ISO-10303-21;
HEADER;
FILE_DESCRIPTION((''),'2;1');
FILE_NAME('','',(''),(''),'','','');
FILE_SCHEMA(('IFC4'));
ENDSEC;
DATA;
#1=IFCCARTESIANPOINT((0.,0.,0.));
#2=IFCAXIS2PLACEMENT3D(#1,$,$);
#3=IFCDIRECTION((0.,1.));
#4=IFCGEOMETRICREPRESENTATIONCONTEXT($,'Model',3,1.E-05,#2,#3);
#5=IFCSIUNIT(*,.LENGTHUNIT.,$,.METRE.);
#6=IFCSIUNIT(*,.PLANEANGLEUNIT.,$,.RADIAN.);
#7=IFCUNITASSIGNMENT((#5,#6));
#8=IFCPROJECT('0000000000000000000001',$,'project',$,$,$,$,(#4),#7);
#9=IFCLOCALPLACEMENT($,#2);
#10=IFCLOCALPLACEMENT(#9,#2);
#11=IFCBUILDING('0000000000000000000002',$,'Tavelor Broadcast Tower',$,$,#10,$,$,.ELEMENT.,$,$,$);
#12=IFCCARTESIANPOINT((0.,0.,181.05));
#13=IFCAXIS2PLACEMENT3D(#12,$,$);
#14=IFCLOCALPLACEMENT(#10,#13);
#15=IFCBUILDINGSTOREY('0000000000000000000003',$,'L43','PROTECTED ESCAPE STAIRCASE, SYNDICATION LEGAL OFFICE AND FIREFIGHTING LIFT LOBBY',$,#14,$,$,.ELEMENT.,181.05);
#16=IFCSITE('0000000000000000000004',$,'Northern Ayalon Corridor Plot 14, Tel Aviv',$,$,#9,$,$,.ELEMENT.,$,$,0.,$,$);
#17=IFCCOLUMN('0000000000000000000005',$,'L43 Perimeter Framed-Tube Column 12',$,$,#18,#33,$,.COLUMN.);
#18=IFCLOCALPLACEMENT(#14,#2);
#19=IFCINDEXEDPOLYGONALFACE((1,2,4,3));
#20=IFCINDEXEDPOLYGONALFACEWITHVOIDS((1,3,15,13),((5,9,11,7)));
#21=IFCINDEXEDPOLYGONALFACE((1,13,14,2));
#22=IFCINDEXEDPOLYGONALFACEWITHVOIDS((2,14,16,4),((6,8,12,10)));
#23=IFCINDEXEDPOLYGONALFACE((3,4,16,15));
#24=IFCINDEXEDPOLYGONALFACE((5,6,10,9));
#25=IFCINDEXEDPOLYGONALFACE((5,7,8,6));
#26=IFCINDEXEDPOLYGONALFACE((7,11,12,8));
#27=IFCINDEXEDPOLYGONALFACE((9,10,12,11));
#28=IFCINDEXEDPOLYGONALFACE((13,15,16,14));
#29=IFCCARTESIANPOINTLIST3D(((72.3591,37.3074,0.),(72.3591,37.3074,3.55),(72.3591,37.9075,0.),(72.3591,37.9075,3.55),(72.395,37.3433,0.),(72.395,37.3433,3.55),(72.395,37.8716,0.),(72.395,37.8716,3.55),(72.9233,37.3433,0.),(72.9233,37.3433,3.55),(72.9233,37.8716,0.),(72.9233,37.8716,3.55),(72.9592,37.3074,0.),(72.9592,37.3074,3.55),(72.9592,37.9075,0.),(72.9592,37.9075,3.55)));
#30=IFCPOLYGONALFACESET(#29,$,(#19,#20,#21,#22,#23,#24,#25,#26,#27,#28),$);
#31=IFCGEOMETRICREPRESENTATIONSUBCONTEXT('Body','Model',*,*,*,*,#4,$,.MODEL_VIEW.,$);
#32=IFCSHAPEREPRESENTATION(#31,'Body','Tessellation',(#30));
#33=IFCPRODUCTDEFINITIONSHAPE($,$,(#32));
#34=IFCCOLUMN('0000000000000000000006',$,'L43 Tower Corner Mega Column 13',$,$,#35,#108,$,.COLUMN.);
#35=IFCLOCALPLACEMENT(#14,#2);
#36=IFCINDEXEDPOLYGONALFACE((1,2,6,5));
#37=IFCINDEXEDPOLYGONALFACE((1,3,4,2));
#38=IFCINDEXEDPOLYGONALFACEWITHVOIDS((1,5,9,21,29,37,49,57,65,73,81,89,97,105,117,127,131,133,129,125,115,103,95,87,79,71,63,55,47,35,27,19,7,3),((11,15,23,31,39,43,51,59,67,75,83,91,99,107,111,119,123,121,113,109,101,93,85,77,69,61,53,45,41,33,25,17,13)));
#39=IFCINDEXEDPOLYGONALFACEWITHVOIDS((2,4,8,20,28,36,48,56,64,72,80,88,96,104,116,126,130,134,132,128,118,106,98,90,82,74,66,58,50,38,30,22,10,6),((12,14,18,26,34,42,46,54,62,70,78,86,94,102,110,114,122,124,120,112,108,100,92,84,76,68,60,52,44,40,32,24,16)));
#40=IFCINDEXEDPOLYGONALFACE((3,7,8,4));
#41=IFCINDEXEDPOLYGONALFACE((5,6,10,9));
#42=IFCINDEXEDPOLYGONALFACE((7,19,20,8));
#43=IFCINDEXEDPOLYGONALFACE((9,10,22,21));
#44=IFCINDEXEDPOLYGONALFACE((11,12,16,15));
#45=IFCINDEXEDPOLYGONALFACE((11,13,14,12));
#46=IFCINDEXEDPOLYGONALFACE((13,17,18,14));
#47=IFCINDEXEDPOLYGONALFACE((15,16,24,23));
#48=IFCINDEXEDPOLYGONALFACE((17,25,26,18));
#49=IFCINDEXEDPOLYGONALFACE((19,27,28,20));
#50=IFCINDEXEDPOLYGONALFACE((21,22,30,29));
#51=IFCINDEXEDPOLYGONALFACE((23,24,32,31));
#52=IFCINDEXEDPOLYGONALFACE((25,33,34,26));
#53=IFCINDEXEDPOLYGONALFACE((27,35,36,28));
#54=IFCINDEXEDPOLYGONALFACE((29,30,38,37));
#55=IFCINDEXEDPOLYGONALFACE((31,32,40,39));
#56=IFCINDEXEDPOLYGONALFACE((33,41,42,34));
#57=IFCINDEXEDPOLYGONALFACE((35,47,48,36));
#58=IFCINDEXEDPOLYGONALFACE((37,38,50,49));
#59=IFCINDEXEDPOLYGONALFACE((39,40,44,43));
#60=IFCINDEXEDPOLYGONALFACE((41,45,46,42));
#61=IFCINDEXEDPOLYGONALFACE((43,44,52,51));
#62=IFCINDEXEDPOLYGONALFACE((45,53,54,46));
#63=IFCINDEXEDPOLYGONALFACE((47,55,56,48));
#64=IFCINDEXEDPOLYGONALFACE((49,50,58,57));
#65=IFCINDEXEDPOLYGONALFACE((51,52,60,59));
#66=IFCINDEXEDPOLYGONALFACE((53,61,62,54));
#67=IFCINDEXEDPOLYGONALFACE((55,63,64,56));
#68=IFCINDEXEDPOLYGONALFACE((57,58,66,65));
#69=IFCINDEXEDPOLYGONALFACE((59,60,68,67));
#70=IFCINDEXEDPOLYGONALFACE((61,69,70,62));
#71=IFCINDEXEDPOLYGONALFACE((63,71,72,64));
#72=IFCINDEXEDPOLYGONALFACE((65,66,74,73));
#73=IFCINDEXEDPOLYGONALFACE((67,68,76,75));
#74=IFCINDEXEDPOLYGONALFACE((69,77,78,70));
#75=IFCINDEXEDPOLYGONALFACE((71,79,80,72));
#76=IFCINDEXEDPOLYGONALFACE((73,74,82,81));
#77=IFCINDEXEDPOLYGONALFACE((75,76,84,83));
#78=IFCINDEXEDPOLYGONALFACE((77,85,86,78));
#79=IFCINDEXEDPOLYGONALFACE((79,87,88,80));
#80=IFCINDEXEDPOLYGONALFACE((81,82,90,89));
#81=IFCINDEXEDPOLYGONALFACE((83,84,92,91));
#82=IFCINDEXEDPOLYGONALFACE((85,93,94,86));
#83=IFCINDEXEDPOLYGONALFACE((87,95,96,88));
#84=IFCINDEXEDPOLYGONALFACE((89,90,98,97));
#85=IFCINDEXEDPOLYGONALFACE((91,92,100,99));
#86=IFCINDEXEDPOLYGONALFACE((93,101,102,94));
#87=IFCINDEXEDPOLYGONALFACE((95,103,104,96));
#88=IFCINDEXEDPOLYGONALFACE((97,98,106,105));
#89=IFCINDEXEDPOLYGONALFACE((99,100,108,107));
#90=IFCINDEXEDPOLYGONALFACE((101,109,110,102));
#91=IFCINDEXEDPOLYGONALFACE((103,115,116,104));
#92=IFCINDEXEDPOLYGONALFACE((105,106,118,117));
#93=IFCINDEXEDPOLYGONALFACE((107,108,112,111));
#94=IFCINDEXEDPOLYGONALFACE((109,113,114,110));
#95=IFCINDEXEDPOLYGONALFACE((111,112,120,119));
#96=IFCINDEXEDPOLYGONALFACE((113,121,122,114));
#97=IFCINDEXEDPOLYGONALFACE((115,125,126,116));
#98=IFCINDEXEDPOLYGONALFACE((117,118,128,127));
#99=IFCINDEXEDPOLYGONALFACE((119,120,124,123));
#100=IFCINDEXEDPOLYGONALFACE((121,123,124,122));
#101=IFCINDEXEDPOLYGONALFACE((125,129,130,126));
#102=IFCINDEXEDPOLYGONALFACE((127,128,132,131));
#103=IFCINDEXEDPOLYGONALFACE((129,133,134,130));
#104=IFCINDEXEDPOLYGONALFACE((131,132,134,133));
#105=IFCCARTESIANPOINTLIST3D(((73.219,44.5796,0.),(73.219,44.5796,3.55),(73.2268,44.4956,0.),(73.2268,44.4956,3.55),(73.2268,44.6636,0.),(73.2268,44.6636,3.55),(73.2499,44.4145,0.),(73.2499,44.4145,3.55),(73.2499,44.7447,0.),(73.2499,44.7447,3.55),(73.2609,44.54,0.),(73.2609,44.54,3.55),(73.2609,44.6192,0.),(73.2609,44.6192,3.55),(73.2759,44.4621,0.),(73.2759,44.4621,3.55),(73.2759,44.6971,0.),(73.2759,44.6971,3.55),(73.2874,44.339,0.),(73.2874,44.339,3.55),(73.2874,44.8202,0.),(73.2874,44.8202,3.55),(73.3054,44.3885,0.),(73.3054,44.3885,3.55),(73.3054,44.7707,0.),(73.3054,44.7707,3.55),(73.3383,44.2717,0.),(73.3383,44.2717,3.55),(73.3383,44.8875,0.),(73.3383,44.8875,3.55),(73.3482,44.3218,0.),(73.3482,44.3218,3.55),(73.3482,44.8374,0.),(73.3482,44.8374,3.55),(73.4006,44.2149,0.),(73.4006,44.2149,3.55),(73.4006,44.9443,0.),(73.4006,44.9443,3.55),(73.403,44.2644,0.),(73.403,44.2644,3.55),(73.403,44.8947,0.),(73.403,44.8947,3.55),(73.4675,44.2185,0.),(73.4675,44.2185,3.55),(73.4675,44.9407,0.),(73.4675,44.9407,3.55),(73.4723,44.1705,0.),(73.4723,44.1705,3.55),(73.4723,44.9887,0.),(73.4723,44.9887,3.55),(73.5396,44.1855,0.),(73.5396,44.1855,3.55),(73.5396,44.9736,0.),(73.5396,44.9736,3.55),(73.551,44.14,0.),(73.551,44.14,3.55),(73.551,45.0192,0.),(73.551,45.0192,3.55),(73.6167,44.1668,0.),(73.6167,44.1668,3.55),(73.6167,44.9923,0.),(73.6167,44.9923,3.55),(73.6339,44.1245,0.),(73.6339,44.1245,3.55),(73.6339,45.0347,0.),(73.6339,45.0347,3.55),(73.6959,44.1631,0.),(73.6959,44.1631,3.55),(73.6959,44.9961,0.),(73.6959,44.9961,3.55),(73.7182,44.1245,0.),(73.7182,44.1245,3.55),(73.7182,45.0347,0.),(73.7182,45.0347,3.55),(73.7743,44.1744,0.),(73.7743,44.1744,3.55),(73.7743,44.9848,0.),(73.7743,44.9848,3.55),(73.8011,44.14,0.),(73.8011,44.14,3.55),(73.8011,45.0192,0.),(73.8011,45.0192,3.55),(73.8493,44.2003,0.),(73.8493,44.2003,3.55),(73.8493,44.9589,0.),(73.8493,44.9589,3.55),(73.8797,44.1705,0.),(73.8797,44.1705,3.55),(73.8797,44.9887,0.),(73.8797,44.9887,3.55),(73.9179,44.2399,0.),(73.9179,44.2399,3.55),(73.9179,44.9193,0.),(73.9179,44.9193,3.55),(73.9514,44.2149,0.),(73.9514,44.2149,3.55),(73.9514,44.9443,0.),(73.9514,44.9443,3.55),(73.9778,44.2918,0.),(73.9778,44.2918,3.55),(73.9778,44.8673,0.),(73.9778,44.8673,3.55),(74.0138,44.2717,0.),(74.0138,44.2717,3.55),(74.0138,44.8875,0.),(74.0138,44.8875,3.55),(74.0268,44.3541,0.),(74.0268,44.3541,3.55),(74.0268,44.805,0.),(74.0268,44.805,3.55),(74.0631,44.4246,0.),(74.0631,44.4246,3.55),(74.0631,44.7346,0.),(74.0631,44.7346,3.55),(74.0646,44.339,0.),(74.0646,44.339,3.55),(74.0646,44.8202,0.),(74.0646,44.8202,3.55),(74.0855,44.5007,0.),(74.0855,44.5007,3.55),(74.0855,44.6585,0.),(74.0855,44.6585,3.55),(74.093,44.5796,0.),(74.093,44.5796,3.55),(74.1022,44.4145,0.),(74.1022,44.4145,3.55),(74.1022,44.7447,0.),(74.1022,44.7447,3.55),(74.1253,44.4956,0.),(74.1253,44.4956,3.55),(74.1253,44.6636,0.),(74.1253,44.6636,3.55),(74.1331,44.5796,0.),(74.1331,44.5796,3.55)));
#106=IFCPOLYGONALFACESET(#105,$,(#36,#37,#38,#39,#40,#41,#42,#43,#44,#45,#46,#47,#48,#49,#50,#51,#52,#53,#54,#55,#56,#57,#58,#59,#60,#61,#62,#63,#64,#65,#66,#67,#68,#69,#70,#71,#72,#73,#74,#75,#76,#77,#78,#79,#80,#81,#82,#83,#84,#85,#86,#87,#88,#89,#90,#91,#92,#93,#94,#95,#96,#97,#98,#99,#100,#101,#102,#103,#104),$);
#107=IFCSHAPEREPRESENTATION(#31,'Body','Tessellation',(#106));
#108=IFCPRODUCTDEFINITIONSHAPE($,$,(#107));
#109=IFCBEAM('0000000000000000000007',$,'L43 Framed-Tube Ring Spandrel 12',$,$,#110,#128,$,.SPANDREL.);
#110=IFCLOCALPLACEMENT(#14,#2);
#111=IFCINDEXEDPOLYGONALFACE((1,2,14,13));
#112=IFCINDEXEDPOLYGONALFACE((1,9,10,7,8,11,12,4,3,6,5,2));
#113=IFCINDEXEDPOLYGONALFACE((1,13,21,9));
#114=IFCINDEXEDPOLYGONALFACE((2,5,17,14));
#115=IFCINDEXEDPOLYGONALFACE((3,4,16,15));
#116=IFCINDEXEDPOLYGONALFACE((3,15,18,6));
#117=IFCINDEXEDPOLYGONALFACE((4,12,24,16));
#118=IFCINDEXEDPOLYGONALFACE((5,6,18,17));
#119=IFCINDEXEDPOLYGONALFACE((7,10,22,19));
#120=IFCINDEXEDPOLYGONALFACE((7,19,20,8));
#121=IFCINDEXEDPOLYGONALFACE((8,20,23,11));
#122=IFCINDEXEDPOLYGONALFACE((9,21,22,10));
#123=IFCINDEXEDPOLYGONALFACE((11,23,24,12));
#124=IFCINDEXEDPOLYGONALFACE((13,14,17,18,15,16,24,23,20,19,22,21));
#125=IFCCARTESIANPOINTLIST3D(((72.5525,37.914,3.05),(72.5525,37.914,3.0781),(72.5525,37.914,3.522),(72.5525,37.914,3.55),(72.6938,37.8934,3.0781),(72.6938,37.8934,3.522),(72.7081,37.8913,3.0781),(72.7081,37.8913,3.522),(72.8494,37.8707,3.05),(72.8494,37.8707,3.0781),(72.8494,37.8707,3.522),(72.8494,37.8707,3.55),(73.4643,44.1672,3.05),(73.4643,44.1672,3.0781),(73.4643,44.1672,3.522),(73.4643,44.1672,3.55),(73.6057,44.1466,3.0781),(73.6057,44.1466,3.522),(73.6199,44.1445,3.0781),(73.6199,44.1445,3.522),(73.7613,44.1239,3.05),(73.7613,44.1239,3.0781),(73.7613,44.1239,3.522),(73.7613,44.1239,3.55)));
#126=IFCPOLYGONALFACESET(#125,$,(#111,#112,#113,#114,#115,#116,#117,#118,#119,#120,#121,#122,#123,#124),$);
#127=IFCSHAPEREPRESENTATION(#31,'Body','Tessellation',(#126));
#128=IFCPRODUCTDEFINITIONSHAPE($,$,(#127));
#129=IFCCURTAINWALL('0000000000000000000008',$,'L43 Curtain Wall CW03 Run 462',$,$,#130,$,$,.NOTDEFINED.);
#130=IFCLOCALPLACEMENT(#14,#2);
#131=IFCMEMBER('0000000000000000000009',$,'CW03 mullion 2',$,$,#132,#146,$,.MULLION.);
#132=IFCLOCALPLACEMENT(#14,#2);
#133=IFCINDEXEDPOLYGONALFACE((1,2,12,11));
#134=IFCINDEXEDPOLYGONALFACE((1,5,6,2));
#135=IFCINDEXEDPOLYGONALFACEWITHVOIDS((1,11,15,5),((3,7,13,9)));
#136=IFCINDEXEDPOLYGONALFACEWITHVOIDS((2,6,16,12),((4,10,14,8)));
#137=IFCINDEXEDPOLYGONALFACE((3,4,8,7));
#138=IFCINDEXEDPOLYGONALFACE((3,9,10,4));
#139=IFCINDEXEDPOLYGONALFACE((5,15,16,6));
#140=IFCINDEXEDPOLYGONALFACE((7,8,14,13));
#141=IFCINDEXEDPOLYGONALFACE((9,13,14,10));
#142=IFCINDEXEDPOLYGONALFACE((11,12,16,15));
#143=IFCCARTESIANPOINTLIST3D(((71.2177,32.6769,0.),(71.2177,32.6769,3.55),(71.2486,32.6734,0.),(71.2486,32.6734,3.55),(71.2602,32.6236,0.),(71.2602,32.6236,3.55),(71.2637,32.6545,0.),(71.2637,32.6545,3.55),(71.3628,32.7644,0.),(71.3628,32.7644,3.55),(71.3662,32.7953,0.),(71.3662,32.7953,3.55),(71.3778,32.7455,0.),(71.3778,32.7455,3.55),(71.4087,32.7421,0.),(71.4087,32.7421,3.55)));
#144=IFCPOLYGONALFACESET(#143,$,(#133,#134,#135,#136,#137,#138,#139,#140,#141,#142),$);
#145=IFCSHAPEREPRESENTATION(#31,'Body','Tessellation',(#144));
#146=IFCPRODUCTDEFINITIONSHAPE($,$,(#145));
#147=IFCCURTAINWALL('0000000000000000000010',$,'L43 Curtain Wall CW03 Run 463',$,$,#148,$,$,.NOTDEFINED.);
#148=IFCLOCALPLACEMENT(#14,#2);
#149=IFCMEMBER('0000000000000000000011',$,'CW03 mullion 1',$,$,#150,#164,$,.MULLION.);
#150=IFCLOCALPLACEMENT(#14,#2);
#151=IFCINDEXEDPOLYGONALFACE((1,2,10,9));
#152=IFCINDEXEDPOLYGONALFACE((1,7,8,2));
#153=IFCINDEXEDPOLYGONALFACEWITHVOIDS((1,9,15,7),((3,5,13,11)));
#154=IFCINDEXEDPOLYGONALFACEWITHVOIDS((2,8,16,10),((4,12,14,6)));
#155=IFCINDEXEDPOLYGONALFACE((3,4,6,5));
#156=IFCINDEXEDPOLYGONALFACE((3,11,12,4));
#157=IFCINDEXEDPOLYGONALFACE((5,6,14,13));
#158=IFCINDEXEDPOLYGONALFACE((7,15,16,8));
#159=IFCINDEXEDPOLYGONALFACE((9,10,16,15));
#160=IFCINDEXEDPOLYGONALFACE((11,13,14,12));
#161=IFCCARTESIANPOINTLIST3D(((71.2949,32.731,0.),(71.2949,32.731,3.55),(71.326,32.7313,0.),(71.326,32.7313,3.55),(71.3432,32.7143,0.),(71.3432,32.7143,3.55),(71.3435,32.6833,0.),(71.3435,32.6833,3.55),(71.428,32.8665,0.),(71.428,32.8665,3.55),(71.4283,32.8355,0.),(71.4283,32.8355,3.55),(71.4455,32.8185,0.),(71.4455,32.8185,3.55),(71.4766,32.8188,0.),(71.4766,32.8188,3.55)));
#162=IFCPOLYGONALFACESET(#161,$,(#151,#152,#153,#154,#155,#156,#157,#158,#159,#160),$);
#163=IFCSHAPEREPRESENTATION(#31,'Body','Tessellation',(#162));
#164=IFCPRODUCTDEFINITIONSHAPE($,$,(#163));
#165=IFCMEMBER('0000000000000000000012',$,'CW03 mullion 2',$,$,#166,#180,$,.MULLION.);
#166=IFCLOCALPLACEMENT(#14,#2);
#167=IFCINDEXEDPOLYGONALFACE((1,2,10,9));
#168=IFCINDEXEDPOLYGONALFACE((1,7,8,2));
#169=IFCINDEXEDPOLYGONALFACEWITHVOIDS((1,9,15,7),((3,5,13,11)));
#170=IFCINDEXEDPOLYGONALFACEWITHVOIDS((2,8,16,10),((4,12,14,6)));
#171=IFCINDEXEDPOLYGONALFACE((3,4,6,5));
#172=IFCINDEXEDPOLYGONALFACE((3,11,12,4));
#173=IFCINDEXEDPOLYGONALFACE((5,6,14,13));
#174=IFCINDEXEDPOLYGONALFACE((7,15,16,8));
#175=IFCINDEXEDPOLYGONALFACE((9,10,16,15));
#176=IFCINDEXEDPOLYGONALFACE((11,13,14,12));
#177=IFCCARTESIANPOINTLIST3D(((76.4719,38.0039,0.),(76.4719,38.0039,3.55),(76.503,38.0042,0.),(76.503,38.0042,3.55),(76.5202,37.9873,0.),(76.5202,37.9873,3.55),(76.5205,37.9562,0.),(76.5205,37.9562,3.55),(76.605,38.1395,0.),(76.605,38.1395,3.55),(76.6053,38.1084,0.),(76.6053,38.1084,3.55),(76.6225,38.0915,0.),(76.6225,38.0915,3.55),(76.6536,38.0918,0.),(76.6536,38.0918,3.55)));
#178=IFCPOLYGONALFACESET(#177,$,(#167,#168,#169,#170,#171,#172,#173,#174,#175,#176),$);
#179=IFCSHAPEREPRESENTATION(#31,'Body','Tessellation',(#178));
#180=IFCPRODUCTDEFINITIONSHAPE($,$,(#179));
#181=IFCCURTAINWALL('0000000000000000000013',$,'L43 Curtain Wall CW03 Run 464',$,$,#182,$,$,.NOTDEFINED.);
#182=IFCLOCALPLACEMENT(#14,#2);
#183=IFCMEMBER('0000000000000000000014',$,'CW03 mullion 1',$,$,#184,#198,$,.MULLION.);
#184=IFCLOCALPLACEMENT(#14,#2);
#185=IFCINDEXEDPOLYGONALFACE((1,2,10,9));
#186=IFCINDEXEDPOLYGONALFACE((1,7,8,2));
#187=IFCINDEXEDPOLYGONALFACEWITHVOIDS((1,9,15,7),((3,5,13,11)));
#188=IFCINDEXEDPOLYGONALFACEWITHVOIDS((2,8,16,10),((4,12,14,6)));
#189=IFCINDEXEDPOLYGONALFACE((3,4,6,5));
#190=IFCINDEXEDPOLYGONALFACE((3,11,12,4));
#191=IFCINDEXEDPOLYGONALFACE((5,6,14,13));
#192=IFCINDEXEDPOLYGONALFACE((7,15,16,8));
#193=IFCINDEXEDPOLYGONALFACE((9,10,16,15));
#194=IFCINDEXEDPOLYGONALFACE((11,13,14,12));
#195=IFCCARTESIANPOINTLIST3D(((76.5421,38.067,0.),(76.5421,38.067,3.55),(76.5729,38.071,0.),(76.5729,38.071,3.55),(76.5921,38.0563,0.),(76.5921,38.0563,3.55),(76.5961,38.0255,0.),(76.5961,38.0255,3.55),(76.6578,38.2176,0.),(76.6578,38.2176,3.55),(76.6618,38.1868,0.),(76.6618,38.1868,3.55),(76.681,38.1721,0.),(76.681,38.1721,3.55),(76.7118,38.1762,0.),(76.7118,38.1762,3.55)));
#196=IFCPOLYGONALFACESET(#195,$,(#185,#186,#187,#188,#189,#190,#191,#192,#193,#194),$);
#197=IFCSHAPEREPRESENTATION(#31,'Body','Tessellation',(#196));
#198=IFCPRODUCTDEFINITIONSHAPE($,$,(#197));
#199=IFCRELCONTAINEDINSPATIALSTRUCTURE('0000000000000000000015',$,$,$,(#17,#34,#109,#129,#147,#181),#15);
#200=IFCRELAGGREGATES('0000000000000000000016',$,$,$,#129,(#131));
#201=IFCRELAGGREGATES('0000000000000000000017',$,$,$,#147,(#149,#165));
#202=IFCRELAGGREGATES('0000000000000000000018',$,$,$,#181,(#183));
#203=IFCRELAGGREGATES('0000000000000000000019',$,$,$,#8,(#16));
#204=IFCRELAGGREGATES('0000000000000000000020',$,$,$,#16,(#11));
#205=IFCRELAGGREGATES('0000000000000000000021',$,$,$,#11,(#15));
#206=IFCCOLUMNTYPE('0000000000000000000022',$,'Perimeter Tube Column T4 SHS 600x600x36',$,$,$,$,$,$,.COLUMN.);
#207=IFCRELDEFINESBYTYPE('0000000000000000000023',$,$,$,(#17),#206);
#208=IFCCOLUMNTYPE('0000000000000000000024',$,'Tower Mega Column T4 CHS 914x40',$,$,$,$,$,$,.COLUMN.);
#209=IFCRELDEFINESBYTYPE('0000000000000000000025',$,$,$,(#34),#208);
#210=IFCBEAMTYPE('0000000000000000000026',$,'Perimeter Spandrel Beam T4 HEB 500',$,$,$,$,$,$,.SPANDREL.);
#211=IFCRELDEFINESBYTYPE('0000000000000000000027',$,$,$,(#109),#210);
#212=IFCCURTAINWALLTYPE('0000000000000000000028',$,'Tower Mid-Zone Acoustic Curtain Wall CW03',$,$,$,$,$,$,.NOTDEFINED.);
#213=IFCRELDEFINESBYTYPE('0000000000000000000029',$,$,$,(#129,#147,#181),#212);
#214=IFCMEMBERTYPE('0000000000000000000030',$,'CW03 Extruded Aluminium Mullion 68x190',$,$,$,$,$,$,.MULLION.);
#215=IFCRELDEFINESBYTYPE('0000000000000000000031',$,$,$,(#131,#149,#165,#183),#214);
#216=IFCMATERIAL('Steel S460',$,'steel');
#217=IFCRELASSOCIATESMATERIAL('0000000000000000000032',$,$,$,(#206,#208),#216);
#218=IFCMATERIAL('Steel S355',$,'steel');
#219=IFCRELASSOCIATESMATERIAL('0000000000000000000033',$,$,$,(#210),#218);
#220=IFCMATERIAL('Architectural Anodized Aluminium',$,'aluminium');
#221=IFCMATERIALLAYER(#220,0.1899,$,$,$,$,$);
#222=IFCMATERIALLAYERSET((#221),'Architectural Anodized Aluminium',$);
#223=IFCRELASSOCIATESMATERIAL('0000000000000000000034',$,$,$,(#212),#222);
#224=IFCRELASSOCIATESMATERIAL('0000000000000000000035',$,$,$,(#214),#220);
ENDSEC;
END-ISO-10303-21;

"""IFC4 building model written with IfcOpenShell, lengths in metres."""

from ifc_helpers import new_model, si_unit, direction, frame, origin, origin_2d, place, context, subcontext, project, spatial, hollow_rectangle, hollow_circle, i_section, extrude, source, transform, mapped, material, layer, layer_set, material_profile, profile_set, type_object, type_shapes, element, aggregate, save


model = new_model("IFC4")

# Units and contexts
model_context = context("Model", 3, precision=1e-05, world=origin(), true_north=direction((0.0, 1.0)))
body_context = subcontext(model_context, "Body", "Model", "MODEL_VIEW")
ifc_project = project(units=[si_unit("LENGTHUNIT", "METRE"), si_unit("PLANEANGLEUNIT", "RADIAN")], contexts=[model_context])

# Site, building, storey
site_placement = place(None, origin())
site = spatial("IfcSite", under=ifc_project, at=site_placement, Name="Northern Ayalon Corridor Plot 14, Tel Aviv", CompositionType="ELEMENT", RefElevation=0.0)
building_placement = place(site_placement, origin())
building = spatial("IfcBuilding", under=site, at=building_placement, Name="Tavelor Broadcast Tower", CompositionType="ELEMENT")
storey_placement = place(building_placement, frame((0.0, 0.0, 181.05)))
storey = spatial("IfcBuildingStorey", under=building, at=storey_placement, Name="L43", Description="PROTECTED ESCAPE STAIRCASE, SYNDICATION LEGAL OFFICE AND FIREFIGHTING LIFT LOBBY", CompositionType="ELEMENT", Elevation=181.05)

# Columns
ifc_material_1 = material(Name="Steel S460", Category="steel")
ifc_material_profile_1 = material_profile(ifc_material_1, hollow_rectangle(XDim=0.6001, YDim=0.6001, WallThickness=0.0359, at=origin_2d()), Name="SHS 600x600x36")
ifc_profile_set_1 = profile_set([ifc_material_profile_1], Name="Steel S460")
column_type_1 = type_object("IfcColumnType", Name="Perimeter Tube Column T4 SHS 600x600x36", PredefinedType="COLUMN", material=ifc_profile_set_1)
column_1_placement = place(storey_placement, frame((72.6592, 37.6074, 0.0), z_axis=(0.0, 0.0, 1.0), x_axis=(1.0, 0.0, 0.0)))
element("IfcColumn", 1, at=column_1_placement, inside=storey, type_object=column_type_1, Name="L43 Perimeter Framed-Tube Column 12", PredefinedType="COLUMN", context=body_context, shape_type="SweptSolid", body=[
    extrude(hollow_rectangle(XDim=0.6001, YDim=0.6001, WallThickness=0.0359, at=origin_2d()), origin(), (0.0, 0.0, 1.0), 3.55),
])
ifc_material_profile_2 = material_profile(ifc_material_1, hollow_circle(Radius=0.457, WallThickness=0.04, at=origin_2d()), Name="CHS 914x40")
ifc_profile_set_2 = profile_set([ifc_material_profile_2], Name="Steel S460")
column_type_2 = type_object("IfcColumnType", Name="Tower Mega Column T4 CHS 914x40", PredefinedType="COLUMN", material=ifc_profile_set_2)
column_2_placement = place(storey_placement, frame((73.676, 44.5796, 0.0), z_axis=(0.0, 0.0, 1.0), x_axis=(1.0, 0.0, 0.0)))
element("IfcColumn", 2, at=column_2_placement, inside=storey, type_object=column_type_2, Name="L43 Tower Corner Mega Column 13", PredefinedType="COLUMN", context=body_context, shape_type="SweptSolid", body=[
    extrude(hollow_circle(Radius=0.457, WallThickness=0.04, at=origin_2d()), origin(), (0.0, 0.0, 1.0), 3.55),
])

# Beam
ifc_material_2 = material(Name="Steel S355", Category="steel")
ifc_material_profile_3 = material_profile(ifc_material_2, i_section(OverallWidth=0.3, OverallDepth=0.5, WebThickness=0.0144, FlangeThickness=0.0281, at=origin_2d()), Name="HEB 500")
ifc_profile_set_3 = profile_set([ifc_material_profile_3], Name="Steel S355")
beam_type = type_object("IfcBeamType", Name="Perimeter Spandrel Beam T4 HEB 500", PredefinedType="SPANDREL", material=ifc_profile_set_3)
beam_placement = place(storey_placement, frame((72.7009, 37.8923, 3.3), z_axis=(0.144298, 0.989534, 0.0), x_axis=(-0.989534, 0.144298, 0.0)))
element("IfcBeam", 3, at=beam_placement, inside=storey, type_object=beam_type, Name="L43 Framed-Tube Ring Spandrel 12", PredefinedType="SPANDREL", context=body_context, shape_type="SweptSolid", body=[
    extrude(i_section(OverallWidth=0.3, OverallDepth=0.5, WebThickness=0.0144, FlangeThickness=0.0281, at=origin_2d()), origin(), (0.0, 0.0, 1.0), 6.3193),
])

# Curtain wall, member
ifc_material_3 = material(Name="Architectural Anodized Aluminium", Category="aluminium")
ifc_layer_1 = layer(ifc_material_3, 0.1899)
ifc_layer_set_1 = layer_set([ifc_layer_1], Name="Architectural Anodized Aluminium")
curtain_wall_type = type_object("IfcCurtainWallType", Name="Tower Mid-Zone Acoustic Curtain Wall CW03", PredefinedType="NOTDEFINED", material=ifc_layer_set_1)
curtain_wall_1_placement = place(storey_placement, origin())
curtain_wall_1 = element("IfcCurtainWall", 4, at=curtain_wall_1_placement, inside=storey, type_object=curtain_wall_type, Name="L43 Curtain Wall CW03 Run 462", PredefinedType="NOTDEFINED")
ifc_material_profile_4 = material_profile(ifc_material_3, hollow_rectangle(XDim=0.0681, YDim=0.1899, WallThickness=0.022, at=origin_2d()), Name="RHS 68x190x22")
ifc_profile_set_4 = profile_set([ifc_material_profile_4], Name="Architectural Anodized Aluminium")
member_type_1 = type_object("IfcMemberType", Name="CW03 Extruded Aluminium Mullion 68x190", PredefinedType="MULLION", material=ifc_profile_set_4)
shared_shape_1 = source(origin(), body_context, "Body", "SweptSolid", [
    extrude(hollow_rectangle(XDim=0.0681, YDim=0.1899, WallThickness=0.022, at=origin_2d()), origin(), (0.0, 0.0, 1.0), 3.55),
])
type_shapes(member_type_1, [shared_shape_1])
member_1_placement = place(storey_placement, frame((71.3132, 32.7095, 0.0), z_axis=(0.0, 0.0, 1.0), x_axis=(-0.623545, 0.781788, 0.0)))
member_1 = element("IfcMember", 5, at=member_1_placement, type_object=member_type_1, Name="CW03 mullion 2", PredefinedType="MULLION", context=body_context, shape_type="MappedRepresentation", body=[
    mapped(shared_shape_1, transform((0.0, 0.0, 0.0), scale=1.0)),
])
aggregate(curtain_wall_1, [member_1])

# Curtain walls, members
curtain_wall_2_placement = place(storey_placement, origin())
curtain_wall_2 = element("IfcCurtainWall", 6, at=curtain_wall_2_placement, inside=storey, type_object=curtain_wall_type, Name="L43 Curtain Wall CW03 Run 463", PredefinedType="NOTDEFINED")
member_2_placement = place(storey_placement, frame((71.3857, 32.7749, 0.0), z_axis=(0.0, 0.0, 1.0), x_axis=(-0.713567, 0.700587, 0.0)))
member_2 = element("IfcMember", 7, at=member_2_placement, type_object=member_type_1, Name="CW03 mullion 1", PredefinedType="MULLION", context=body_context, shape_type="MappedRepresentation", body=[
    mapped(shared_shape_1, transform((0.0, 0.0, 0.0), scale=1.0)),
])
member_3_placement = place(storey_placement, frame((76.5627, 38.0479, 0.0), z_axis=(0.0, 0.0, 1.0), x_axis=(-0.713567, 0.700587, 0.0)))
member_3 = element("IfcMember", 8, at=member_3_placement, type_object=member_type_1, Name="CW03 mullion 2", PredefinedType="MULLION", context=body_context, shape_type="MappedRepresentation", body=[
    mapped(shared_shape_1, transform((0.0, 0.0, 0.0), scale=1.0)),
])
curtain_wall_3_placement = place(storey_placement, origin())
curtain_wall_3 = element("IfcCurtainWall", 9, at=curtain_wall_3_placement, inside=storey, type_object=curtain_wall_type, Name="L43 Curtain Wall CW03 Run 464", PredefinedType="NOTDEFINED")
member_4_placement = place(storey_placement, frame((76.627, 38.1216, 0.0), z_axis=(0.0, 0.0, 1.0), x_axis=(-0.793106, 0.609083, 0.0)))
member_4 = element("IfcMember", 10, at=member_4_placement, type_object=member_type_1, Name="CW03 mullion 1", PredefinedType="MULLION", context=body_context, shape_type="MappedRepresentation", body=[
    mapped(shared_shape_1, transform((0.0, 0.0, 0.0), scale=1.0)),
])

aggregate(curtain_wall_2, [member_2, member_3])
aggregate(curtain_wall_3, [member_4])

save(model, "model.ifc")
